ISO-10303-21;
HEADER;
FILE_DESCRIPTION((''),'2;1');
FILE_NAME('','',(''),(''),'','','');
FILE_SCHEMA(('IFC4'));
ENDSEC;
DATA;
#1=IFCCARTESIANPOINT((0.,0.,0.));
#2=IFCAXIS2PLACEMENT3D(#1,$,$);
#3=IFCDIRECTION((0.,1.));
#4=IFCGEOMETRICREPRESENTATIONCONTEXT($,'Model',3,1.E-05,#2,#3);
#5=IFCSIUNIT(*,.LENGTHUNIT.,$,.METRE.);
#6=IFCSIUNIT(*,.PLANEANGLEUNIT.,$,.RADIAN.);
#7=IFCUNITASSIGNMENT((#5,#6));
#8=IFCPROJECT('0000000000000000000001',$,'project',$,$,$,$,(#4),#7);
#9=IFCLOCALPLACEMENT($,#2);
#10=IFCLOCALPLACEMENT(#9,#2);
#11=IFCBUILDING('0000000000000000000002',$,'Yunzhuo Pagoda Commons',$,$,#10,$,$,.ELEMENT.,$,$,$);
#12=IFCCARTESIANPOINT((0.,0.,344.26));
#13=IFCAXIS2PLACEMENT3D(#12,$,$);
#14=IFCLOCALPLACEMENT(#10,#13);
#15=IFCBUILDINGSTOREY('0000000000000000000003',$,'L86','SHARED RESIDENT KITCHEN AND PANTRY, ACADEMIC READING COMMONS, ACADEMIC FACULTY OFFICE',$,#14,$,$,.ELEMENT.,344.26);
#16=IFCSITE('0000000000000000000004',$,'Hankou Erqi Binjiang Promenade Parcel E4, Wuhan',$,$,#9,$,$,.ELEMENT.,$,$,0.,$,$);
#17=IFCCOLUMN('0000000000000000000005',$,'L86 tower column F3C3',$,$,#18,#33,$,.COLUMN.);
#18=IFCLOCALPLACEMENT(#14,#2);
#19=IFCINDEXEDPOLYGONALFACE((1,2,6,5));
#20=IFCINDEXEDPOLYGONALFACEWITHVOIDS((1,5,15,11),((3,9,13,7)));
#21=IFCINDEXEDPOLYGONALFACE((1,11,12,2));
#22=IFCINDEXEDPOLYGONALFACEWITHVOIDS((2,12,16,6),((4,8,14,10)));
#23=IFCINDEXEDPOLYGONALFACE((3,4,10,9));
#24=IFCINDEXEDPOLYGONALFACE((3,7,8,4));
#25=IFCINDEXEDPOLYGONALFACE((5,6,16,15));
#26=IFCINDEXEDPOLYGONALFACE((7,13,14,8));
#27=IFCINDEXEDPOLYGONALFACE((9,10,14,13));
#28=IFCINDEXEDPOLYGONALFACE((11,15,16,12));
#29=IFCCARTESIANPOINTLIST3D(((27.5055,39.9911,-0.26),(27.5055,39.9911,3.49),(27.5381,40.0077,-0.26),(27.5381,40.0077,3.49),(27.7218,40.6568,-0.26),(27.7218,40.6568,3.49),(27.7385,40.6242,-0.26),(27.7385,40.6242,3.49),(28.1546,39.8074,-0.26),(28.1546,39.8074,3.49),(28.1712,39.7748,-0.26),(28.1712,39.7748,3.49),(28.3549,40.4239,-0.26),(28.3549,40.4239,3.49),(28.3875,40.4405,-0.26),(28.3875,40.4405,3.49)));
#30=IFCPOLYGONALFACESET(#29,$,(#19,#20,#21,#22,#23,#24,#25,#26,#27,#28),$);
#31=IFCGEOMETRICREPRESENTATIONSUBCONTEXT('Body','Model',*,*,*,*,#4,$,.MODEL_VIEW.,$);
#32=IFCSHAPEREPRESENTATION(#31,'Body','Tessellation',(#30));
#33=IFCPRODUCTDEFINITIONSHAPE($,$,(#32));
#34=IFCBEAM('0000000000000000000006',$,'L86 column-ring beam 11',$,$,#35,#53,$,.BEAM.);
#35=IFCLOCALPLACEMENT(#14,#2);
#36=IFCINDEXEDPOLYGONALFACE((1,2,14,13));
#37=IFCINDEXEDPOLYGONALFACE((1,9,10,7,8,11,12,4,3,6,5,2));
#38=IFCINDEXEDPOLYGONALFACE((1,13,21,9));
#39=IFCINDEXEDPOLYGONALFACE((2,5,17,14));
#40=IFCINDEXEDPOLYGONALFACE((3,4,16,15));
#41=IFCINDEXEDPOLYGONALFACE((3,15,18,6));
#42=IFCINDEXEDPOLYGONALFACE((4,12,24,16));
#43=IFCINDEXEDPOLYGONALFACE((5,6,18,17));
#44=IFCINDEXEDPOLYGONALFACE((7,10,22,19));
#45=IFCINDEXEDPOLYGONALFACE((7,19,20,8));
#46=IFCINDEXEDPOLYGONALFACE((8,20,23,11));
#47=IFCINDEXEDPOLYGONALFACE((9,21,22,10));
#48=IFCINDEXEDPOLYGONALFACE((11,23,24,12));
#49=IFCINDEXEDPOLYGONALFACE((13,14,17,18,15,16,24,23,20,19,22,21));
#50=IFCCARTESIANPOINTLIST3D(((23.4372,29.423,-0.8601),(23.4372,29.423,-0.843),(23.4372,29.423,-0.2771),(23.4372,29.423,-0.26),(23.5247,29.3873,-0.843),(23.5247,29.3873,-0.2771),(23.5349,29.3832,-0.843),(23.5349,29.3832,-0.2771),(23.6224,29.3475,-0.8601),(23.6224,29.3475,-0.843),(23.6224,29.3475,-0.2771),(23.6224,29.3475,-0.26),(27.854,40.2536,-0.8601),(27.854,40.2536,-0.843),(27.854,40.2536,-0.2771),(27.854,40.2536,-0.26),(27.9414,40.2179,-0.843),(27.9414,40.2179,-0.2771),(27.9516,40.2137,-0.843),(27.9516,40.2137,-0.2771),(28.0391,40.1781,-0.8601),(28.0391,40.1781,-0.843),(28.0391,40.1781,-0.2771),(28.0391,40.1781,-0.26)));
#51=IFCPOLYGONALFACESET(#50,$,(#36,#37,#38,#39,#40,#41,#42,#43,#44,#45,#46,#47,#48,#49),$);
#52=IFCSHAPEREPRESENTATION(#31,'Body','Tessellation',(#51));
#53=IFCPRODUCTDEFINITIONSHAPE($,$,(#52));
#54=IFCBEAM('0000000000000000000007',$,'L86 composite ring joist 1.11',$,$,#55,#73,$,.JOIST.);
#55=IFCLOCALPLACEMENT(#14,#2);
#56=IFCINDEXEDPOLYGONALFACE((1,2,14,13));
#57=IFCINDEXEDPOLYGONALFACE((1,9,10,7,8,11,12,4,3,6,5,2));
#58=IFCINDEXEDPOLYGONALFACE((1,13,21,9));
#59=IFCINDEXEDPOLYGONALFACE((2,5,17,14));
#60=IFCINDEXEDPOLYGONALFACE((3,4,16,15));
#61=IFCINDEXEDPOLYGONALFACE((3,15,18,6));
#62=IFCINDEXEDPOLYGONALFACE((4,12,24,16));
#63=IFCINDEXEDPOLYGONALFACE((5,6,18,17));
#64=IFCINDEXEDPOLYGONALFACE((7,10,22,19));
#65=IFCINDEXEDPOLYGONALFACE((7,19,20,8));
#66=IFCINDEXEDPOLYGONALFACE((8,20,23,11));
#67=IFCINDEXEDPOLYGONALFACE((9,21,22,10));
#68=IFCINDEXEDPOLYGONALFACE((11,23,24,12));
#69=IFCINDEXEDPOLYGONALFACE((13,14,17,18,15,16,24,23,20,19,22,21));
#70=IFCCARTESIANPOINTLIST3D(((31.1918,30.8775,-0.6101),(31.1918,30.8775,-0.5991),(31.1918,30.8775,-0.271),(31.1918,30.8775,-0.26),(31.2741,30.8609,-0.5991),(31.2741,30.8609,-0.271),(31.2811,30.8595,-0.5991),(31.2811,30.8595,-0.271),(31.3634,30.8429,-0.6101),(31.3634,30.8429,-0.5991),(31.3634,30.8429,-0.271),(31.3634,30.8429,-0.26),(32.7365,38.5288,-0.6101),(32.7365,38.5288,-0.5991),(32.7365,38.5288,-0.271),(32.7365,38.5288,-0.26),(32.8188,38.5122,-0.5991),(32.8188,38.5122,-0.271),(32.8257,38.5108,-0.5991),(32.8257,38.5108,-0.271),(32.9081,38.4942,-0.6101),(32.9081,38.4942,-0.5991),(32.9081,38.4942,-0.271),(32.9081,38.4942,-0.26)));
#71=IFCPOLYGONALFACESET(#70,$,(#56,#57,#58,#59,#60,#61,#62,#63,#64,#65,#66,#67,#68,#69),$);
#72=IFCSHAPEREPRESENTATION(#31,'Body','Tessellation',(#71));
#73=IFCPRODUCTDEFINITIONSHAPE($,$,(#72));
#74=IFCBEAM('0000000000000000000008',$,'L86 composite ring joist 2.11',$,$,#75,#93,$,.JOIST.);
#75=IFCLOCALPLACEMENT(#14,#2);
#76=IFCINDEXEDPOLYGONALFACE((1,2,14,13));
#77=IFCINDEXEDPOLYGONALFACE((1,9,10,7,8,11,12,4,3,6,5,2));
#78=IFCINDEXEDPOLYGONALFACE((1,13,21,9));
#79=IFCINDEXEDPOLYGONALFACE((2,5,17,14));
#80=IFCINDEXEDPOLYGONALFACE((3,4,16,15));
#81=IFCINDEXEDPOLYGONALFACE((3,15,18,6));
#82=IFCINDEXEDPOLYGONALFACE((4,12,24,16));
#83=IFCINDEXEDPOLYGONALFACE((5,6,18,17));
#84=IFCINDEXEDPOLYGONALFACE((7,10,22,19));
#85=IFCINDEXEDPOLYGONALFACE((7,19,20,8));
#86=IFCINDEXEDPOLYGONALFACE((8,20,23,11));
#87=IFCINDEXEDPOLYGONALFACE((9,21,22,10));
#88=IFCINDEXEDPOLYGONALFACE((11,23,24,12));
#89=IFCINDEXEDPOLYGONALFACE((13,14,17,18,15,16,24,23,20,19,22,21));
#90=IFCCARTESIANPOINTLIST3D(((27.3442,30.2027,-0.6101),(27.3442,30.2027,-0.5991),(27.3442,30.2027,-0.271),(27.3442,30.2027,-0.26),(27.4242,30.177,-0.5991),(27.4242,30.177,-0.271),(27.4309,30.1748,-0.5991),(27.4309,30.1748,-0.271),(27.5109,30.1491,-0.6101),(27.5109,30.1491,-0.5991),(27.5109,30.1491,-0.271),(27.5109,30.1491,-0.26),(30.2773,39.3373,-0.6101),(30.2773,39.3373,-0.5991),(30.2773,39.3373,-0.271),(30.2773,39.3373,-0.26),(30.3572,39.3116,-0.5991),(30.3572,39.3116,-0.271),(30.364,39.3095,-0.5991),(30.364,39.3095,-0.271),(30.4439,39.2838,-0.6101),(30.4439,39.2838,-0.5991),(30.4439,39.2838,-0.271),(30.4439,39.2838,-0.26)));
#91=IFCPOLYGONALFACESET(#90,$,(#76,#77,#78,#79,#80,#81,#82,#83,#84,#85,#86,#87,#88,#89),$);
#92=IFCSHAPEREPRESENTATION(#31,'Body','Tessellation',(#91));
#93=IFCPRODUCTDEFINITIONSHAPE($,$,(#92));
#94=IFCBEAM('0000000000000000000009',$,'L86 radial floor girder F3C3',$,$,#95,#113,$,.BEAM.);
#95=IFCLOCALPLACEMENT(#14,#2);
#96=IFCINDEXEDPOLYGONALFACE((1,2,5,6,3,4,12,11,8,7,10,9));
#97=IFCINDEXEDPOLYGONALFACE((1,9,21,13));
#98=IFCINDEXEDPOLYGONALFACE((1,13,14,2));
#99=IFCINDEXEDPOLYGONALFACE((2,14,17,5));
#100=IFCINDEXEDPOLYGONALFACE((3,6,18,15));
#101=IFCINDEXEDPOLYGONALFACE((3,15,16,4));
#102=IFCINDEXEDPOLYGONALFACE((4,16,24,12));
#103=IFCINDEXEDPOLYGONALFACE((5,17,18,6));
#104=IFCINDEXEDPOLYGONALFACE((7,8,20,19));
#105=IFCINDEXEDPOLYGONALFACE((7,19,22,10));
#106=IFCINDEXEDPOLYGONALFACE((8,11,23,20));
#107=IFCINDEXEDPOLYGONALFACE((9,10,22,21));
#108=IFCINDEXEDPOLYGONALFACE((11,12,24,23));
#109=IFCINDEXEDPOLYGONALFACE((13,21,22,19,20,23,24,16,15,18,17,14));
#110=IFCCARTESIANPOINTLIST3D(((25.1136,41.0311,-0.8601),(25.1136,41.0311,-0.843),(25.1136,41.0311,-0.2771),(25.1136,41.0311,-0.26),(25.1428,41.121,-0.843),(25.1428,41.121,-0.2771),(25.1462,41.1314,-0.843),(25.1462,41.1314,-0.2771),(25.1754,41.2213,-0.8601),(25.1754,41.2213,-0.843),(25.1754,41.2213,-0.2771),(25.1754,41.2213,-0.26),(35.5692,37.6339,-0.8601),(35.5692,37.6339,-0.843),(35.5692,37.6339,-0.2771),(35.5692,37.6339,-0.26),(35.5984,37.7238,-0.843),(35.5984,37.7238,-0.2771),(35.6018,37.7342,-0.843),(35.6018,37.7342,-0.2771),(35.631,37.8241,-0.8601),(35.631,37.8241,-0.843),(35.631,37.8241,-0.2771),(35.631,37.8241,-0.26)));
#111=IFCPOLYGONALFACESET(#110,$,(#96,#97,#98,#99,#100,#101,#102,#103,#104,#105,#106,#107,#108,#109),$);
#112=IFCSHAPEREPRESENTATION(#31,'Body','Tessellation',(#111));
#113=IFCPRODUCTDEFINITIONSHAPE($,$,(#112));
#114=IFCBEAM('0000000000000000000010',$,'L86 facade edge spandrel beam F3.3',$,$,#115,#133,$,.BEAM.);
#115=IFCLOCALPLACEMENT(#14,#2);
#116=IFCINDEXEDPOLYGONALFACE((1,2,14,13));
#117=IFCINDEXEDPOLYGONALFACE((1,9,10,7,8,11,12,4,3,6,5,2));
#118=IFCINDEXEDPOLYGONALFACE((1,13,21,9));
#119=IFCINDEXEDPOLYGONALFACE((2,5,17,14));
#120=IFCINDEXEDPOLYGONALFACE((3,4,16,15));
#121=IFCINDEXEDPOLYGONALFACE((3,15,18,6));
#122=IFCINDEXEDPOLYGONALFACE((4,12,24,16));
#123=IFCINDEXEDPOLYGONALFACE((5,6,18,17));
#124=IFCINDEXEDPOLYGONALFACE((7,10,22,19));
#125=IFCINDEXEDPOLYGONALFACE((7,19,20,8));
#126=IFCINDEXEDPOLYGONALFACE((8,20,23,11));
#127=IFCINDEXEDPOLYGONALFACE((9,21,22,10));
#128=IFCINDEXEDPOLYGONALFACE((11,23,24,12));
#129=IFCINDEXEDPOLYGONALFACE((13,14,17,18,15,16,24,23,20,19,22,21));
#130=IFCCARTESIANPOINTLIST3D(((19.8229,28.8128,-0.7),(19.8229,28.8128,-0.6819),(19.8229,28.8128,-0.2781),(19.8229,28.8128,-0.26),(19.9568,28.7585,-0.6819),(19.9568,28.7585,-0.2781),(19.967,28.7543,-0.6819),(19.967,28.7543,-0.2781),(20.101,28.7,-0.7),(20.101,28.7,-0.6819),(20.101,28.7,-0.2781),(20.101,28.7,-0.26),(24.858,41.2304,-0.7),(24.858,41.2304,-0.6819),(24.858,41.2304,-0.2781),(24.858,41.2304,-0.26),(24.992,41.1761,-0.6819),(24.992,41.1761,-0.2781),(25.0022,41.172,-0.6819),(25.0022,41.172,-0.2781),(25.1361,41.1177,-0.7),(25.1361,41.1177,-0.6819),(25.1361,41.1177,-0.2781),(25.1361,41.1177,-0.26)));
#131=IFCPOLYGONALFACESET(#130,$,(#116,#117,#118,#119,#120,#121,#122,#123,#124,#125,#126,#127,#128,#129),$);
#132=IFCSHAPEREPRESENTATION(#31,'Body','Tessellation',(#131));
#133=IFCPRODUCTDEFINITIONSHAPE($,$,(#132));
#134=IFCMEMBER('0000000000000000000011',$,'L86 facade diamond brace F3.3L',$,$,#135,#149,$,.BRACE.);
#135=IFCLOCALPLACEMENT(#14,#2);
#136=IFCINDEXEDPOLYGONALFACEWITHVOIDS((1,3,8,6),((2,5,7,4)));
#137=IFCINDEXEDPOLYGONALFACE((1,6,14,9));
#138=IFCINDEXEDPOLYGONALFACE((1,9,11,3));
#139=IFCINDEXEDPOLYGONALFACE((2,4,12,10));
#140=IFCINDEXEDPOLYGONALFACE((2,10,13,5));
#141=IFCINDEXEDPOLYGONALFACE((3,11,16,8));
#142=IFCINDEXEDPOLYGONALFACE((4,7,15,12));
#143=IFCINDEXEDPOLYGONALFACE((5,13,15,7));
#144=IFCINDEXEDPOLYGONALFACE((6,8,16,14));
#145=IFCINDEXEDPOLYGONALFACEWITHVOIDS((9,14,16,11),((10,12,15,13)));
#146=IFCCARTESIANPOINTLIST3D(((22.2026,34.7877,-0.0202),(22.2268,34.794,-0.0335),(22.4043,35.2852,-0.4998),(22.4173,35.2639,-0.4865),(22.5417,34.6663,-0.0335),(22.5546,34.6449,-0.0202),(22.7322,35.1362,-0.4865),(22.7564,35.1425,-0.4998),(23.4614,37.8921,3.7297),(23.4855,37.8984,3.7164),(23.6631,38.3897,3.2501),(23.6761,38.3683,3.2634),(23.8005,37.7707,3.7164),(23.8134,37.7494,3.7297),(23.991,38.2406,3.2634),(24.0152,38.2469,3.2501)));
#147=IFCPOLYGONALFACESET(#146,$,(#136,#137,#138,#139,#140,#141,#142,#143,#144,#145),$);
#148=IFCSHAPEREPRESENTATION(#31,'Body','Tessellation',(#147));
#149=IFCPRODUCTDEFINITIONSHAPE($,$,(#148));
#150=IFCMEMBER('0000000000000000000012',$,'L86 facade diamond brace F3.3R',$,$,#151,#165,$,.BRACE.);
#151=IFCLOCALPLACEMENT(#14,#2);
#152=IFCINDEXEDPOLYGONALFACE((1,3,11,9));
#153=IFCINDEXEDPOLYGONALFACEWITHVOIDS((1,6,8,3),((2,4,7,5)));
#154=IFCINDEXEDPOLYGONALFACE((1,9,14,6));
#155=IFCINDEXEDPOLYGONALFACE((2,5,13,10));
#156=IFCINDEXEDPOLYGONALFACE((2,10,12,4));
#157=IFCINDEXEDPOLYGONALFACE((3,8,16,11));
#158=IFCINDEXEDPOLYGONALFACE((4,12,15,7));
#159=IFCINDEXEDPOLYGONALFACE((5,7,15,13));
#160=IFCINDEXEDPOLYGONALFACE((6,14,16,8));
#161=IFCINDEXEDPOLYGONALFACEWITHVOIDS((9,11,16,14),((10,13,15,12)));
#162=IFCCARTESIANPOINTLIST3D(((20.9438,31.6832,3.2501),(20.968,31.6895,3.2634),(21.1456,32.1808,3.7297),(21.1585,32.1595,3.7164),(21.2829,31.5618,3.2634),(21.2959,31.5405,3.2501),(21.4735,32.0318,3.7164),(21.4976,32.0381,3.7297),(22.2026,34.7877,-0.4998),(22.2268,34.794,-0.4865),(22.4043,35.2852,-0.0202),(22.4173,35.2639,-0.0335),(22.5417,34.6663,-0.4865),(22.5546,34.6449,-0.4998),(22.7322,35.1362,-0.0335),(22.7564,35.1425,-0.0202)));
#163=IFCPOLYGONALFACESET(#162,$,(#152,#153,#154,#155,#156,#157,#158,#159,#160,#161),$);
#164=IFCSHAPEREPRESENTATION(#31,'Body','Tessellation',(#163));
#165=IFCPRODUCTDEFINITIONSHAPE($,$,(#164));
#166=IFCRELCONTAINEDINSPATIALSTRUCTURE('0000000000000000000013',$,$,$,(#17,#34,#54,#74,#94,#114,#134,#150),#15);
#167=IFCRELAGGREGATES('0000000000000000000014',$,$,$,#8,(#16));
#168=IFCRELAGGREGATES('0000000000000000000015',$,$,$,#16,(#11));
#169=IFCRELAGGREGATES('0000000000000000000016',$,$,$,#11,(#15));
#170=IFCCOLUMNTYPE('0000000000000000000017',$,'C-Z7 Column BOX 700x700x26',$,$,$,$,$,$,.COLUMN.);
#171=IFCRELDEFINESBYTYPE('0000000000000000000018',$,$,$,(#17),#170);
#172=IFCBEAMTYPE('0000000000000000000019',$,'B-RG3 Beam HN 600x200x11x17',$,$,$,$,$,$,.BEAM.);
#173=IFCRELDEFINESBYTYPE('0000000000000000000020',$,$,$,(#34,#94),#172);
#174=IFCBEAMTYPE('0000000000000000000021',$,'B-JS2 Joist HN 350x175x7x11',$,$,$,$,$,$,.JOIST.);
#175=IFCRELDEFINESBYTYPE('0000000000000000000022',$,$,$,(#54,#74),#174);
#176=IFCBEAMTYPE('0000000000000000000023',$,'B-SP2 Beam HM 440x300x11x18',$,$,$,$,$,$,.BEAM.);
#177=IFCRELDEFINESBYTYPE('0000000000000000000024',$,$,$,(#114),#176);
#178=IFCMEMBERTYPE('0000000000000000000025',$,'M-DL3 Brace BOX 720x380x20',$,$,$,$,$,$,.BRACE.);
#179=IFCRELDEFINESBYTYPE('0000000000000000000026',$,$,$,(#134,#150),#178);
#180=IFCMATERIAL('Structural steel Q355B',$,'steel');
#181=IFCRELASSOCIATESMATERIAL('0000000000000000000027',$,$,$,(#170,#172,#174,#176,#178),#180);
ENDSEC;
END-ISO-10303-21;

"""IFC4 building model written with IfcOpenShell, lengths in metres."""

from ifc_helpers import new_model, si_unit, direction, frame, origin, origin_2d, place, context, subcontext, project, spatial, hollow_rectangle, i_section, extrude, source, transform, mapped, material, material_profile, profile_set, type_object, element, save


model = new_model("IFC4")

# Units and contexts
model_context = context("Model", 3, precision=1e-05, world=origin(), true_north=direction((0.0, 1.0)))
body_context = subcontext(model_context, "Body", "Model", "MODEL_VIEW")
ifc_project = project(units=[si_unit("LENGTHUNIT", "METRE"), si_unit("PLANEANGLEUNIT", "RADIAN")], contexts=[model_context])

# Site, building, storey
site_placement = place(None, origin())
site = spatial("IfcSite", under=ifc_project, at=site_placement, Name="Hankou Erqi Binjiang Promenade Parcel E4, Wuhan", CompositionType="ELEMENT", RefElevation=0.0)
building_placement = place(site_placement, origin())
building = spatial("IfcBuilding", under=site, at=building_placement, Name="Yunzhuo Pagoda Commons", CompositionType="ELEMENT")
storey_placement = place(building_placement, frame((0.0, 0.0, 344.26)))
storey = spatial("IfcBuildingStorey", under=building, at=storey_placement, Name="L86", Description="SHARED RESIDENT KITCHEN AND PANTRY, ACADEMIC READING COMMONS, ACADEMIC FACULTY OFFICE", CompositionType="ELEMENT", Elevation=344.26)

# Column
ifc_material_1 = material(Name="Structural steel Q355B", Category="steel")
ifc_material_profile_1 = material_profile(ifc_material_1, hollow_rectangle(XDim=0.7, YDim=0.7, WallThickness=0.0259, at=origin_2d()), Name="Structural steel Q355B")
ifc_profile_set_1 = profile_set([ifc_material_profile_1], Name="Structural steel Q355B")
column_type = type_object("IfcColumnType", Name="C-Z7 Column BOX 700x700x26", PredefinedType="COLUMN", material=ifc_profile_set_1)
shared_shape_1 = source(origin(), body_context, "Body", "SweptSolid", [
    extrude(hollow_rectangle(XDim=0.7, YDim=0.7, WallThickness=0.0259, at=origin_2d()), origin(), (0.0, 0.0, 1.0), 3.75),
])
column_placement = place(storey_placement, frame((27.9465, 40.2158, -0.26), z_axis=(0.0, 0.0, 1.0), x_axis=(-0.309017, -0.951057, 0.0)))
element("IfcColumn", 1, at=column_placement, inside=storey, type_object=column_type, Name="L86 tower column F3C3", PredefinedType="COLUMN", context=body_context, shape_type="MappedRepresentation", body=[
    mapped(shared_shape_1, transform((0.0, 0.0, 0.0), scale=1.0)),
])

# Beams
ifc_material_profile_2 = material_profile(ifc_material_1, i_section(OverallWidth=0.2, OverallDepth=0.6001, WebThickness=0.011, FlangeThickness=0.0171, at=origin_2d()), Name="Structural steel Q355B")
ifc_profile_set_2 = profile_set([ifc_material_profile_2], Name="Structural steel Q355B")
beam_type_1 = type_object("IfcBeamType", Name="B-RG3 Beam HN 600x200x11x17", PredefinedType="BEAM", material=ifc_profile_set_2)
shared_shape_2 = source(origin(), body_context, "Body", "SweptSolid", [
    extrude(i_section(OverallWidth=0.2, OverallDepth=0.6001, WebThickness=0.011, FlangeThickness=0.0171, at=origin_2d()), origin(), (0.0, 0.0, 1.0), 11.6965),
])
beam_1_placement = place(storey_placement, frame((27.9465, 40.2158, -0.5601), z_axis=(-0.377612, -0.925964, 0.0), x_axis=(0.925964, -0.377612, 0.0)))
element("IfcBeam", 2, at=beam_1_placement, inside=storey, type_object=beam_type_1, Name="L86 column-ring beam 11", PredefinedType="BEAM", context=body_context, shape_type="MappedRepresentation", body=[
    mapped(shared_shape_2, transform((0.0, 0.0, 0.0), scale=1.0)),
])
ifc_material_profile_3 = material_profile(ifc_material_1, i_section(OverallWidth=0.175, OverallDepth=0.3501, WebThickness=0.0071, FlangeThickness=0.011, at=origin_2d()), Name="Structural steel Q355B")
ifc_profile_set_3 = profile_set([ifc_material_profile_3], Name="Structural steel Q355B")
beam_type_2 = type_object("IfcBeamType", Name="B-JS2 Joist HN 350x175x7x11", PredefinedType="JOIST", material=ifc_profile_set_3)
shared_shape_3 = source(origin(), body_context, "Body", "SweptSolid", [
    extrude(i_section(OverallWidth=0.175, OverallDepth=0.3501, WebThickness=0.0071, FlangeThickness=0.011, at=origin_2d()), origin(), (0.0, 0.0, 1.0), 7.8057),
])
beam_2_placement = place(storey_placement, frame((32.8223, 38.5115, -0.4351), z_axis=(-0.19789, -0.980224, 0.0), x_axis=(0.980224, -0.19789, 0.0)))
element("IfcBeam", 3, at=beam_2_placement, inside=storey, type_object=beam_type_2, Name="L86 composite ring joist 1.11", PredefinedType="JOIST", context=body_context, shape_type="MappedRepresentation", body=[
    mapped(shared_shape_3, transform((0.0, 0.0, 0.0), scale=1.0)),
])
shared_shape_4 = source(origin(), body_context, "Body", "SweptSolid", [
    extrude(i_section(OverallWidth=0.175, OverallDepth=0.3501, WebThickness=0.0071, FlangeThickness=0.011, at=origin_2d()), origin(), (0.0, 0.0, 1.0), 9.594),
])
beam_3_placement = place(storey_placement, frame((30.3606, 39.3105, -0.4351), z_axis=(-0.305719, -0.952122, 0.0), x_axis=(0.952122, -0.305719, 0.0)))
element("IfcBeam", 4, at=beam_3_placement, inside=storey, type_object=beam_type_2, Name="L86 composite ring joist 2.11", PredefinedType="JOIST", context=body_context, shape_type="MappedRepresentation", body=[
    mapped(shared_shape_4, transform((0.0, 0.0, 0.0), scale=1.0)),
])
shared_shape_5 = source(origin(), body_context, "Body", "SweptSolid", [
    extrude(i_section(OverallWidth=0.2, OverallDepth=0.6001, WebThickness=0.011, FlangeThickness=0.0171, at=origin_2d()), origin(), (0.0, 0.0, 1.0), 10.9937),
])
beam_4_placement = place(storey_placement, frame((25.1445, 41.1262, -0.5601), z_axis=(0.951057, -0.309017, 0.0), x_axis=(0.309017, 0.951057, 0.0)))
element("IfcBeam", 5, at=beam_4_placement, inside=storey, type_object=beam_type_1, Name="L86 radial floor girder F3C3", PredefinedType="BEAM", context=body_context, shape_type="MappedRepresentation", body=[
    mapped(shared_shape_5, transform((0.0, 0.0, 0.0), scale=1.0)),
])
ifc_material_profile_4 = material_profile(ifc_material_1, i_section(OverallWidth=0.3, OverallDepth=0.4399, WebThickness=0.011, FlangeThickness=0.0181, at=origin_2d()), Name="Structural steel Q355B")
ifc_profile_set_4 = profile_set([ifc_material_profile_4], Name="Structural steel Q355B")
beam_type_3 = type_object("IfcBeamType", Name="B-SP2 Beam HM 440x300x11x18", PredefinedType="BEAM", material=ifc_profile_set_4)
shared_shape_6 = source(origin(), body_context, "Body", "SweptSolid", [
    extrude(i_section(OverallWidth=0.3, OverallDepth=0.4399, WebThickness=0.011, FlangeThickness=0.0181, at=origin_2d()), origin(), (0.0, 0.0, 1.0), 13.3997),
])
beam_5_placement = place(storey_placement, frame((24.9971, 41.1741, -0.48), z_axis=(-0.375766, -0.926715, 0.0), x_axis=(0.926715, -0.375766, 0.0)))
element("IfcBeam", 6, at=beam_5_placement, inside=storey, type_object=beam_type_3, Name="L86 facade edge spandrel beam F3.3", PredefinedType="BEAM", context=body_context, shape_type="MappedRepresentation", body=[
    mapped(shared_shape_6, transform((0.0, 0.0, 0.0), scale=1.0)),
])

# Members
ifc_material_profile_5 = material_profile(ifc_material_1, hollow_rectangle(XDim=0.3799, YDim=0.72, WallThickness=0.02, at=origin_2d()), Name="Structural steel Q355B")
ifc_profile_set_5 = profile_set([ifc_material_profile_5], Name="Structural steel Q355B")
member_type_1 = type_object("IfcMemberType", Name="M-DL3 Brace BOX 720x380x20", PredefinedType="BRACE", material=ifc_profile_set_5)
shared_shape_7 = source(origin(), body_context, "Body", "SweptSolid", [
    extrude(hollow_rectangle(XDim=0.3799, YDim=0.72, WallThickness=0.02, at=origin_2d()), origin(), (0.0, 0.0, 1.0), 5.0283),
])
for number, where, z_axis, x_axis, name in (
    (7, (22.4795, 34.9651, -0.26), (0.250335, 0.61739, 0.745762), (-0.926717, 0.375759, 0.0), "L86 facade diamond brace F3.3L"),
    (8, (22.4795, 34.9651, -0.26), (-0.250335, -0.61739, 0.745762), (0.926717, -0.375759, 0.0), "L86 facade diamond brace F3.3R"),
):
    element("IfcMember", number, at=place(storey_placement, frame(where, z_axis=z_axis, x_axis=x_axis)), inside=storey, type_object=member_type_1, Name=name, PredefinedType="BRACE", context=body_context, shape_type="MappedRepresentation", body=[
        mapped(shared_shape_7, transform((0.0, 0.0, 0.0), scale=1.0)),
    ])

save(model, "model.ifc")
